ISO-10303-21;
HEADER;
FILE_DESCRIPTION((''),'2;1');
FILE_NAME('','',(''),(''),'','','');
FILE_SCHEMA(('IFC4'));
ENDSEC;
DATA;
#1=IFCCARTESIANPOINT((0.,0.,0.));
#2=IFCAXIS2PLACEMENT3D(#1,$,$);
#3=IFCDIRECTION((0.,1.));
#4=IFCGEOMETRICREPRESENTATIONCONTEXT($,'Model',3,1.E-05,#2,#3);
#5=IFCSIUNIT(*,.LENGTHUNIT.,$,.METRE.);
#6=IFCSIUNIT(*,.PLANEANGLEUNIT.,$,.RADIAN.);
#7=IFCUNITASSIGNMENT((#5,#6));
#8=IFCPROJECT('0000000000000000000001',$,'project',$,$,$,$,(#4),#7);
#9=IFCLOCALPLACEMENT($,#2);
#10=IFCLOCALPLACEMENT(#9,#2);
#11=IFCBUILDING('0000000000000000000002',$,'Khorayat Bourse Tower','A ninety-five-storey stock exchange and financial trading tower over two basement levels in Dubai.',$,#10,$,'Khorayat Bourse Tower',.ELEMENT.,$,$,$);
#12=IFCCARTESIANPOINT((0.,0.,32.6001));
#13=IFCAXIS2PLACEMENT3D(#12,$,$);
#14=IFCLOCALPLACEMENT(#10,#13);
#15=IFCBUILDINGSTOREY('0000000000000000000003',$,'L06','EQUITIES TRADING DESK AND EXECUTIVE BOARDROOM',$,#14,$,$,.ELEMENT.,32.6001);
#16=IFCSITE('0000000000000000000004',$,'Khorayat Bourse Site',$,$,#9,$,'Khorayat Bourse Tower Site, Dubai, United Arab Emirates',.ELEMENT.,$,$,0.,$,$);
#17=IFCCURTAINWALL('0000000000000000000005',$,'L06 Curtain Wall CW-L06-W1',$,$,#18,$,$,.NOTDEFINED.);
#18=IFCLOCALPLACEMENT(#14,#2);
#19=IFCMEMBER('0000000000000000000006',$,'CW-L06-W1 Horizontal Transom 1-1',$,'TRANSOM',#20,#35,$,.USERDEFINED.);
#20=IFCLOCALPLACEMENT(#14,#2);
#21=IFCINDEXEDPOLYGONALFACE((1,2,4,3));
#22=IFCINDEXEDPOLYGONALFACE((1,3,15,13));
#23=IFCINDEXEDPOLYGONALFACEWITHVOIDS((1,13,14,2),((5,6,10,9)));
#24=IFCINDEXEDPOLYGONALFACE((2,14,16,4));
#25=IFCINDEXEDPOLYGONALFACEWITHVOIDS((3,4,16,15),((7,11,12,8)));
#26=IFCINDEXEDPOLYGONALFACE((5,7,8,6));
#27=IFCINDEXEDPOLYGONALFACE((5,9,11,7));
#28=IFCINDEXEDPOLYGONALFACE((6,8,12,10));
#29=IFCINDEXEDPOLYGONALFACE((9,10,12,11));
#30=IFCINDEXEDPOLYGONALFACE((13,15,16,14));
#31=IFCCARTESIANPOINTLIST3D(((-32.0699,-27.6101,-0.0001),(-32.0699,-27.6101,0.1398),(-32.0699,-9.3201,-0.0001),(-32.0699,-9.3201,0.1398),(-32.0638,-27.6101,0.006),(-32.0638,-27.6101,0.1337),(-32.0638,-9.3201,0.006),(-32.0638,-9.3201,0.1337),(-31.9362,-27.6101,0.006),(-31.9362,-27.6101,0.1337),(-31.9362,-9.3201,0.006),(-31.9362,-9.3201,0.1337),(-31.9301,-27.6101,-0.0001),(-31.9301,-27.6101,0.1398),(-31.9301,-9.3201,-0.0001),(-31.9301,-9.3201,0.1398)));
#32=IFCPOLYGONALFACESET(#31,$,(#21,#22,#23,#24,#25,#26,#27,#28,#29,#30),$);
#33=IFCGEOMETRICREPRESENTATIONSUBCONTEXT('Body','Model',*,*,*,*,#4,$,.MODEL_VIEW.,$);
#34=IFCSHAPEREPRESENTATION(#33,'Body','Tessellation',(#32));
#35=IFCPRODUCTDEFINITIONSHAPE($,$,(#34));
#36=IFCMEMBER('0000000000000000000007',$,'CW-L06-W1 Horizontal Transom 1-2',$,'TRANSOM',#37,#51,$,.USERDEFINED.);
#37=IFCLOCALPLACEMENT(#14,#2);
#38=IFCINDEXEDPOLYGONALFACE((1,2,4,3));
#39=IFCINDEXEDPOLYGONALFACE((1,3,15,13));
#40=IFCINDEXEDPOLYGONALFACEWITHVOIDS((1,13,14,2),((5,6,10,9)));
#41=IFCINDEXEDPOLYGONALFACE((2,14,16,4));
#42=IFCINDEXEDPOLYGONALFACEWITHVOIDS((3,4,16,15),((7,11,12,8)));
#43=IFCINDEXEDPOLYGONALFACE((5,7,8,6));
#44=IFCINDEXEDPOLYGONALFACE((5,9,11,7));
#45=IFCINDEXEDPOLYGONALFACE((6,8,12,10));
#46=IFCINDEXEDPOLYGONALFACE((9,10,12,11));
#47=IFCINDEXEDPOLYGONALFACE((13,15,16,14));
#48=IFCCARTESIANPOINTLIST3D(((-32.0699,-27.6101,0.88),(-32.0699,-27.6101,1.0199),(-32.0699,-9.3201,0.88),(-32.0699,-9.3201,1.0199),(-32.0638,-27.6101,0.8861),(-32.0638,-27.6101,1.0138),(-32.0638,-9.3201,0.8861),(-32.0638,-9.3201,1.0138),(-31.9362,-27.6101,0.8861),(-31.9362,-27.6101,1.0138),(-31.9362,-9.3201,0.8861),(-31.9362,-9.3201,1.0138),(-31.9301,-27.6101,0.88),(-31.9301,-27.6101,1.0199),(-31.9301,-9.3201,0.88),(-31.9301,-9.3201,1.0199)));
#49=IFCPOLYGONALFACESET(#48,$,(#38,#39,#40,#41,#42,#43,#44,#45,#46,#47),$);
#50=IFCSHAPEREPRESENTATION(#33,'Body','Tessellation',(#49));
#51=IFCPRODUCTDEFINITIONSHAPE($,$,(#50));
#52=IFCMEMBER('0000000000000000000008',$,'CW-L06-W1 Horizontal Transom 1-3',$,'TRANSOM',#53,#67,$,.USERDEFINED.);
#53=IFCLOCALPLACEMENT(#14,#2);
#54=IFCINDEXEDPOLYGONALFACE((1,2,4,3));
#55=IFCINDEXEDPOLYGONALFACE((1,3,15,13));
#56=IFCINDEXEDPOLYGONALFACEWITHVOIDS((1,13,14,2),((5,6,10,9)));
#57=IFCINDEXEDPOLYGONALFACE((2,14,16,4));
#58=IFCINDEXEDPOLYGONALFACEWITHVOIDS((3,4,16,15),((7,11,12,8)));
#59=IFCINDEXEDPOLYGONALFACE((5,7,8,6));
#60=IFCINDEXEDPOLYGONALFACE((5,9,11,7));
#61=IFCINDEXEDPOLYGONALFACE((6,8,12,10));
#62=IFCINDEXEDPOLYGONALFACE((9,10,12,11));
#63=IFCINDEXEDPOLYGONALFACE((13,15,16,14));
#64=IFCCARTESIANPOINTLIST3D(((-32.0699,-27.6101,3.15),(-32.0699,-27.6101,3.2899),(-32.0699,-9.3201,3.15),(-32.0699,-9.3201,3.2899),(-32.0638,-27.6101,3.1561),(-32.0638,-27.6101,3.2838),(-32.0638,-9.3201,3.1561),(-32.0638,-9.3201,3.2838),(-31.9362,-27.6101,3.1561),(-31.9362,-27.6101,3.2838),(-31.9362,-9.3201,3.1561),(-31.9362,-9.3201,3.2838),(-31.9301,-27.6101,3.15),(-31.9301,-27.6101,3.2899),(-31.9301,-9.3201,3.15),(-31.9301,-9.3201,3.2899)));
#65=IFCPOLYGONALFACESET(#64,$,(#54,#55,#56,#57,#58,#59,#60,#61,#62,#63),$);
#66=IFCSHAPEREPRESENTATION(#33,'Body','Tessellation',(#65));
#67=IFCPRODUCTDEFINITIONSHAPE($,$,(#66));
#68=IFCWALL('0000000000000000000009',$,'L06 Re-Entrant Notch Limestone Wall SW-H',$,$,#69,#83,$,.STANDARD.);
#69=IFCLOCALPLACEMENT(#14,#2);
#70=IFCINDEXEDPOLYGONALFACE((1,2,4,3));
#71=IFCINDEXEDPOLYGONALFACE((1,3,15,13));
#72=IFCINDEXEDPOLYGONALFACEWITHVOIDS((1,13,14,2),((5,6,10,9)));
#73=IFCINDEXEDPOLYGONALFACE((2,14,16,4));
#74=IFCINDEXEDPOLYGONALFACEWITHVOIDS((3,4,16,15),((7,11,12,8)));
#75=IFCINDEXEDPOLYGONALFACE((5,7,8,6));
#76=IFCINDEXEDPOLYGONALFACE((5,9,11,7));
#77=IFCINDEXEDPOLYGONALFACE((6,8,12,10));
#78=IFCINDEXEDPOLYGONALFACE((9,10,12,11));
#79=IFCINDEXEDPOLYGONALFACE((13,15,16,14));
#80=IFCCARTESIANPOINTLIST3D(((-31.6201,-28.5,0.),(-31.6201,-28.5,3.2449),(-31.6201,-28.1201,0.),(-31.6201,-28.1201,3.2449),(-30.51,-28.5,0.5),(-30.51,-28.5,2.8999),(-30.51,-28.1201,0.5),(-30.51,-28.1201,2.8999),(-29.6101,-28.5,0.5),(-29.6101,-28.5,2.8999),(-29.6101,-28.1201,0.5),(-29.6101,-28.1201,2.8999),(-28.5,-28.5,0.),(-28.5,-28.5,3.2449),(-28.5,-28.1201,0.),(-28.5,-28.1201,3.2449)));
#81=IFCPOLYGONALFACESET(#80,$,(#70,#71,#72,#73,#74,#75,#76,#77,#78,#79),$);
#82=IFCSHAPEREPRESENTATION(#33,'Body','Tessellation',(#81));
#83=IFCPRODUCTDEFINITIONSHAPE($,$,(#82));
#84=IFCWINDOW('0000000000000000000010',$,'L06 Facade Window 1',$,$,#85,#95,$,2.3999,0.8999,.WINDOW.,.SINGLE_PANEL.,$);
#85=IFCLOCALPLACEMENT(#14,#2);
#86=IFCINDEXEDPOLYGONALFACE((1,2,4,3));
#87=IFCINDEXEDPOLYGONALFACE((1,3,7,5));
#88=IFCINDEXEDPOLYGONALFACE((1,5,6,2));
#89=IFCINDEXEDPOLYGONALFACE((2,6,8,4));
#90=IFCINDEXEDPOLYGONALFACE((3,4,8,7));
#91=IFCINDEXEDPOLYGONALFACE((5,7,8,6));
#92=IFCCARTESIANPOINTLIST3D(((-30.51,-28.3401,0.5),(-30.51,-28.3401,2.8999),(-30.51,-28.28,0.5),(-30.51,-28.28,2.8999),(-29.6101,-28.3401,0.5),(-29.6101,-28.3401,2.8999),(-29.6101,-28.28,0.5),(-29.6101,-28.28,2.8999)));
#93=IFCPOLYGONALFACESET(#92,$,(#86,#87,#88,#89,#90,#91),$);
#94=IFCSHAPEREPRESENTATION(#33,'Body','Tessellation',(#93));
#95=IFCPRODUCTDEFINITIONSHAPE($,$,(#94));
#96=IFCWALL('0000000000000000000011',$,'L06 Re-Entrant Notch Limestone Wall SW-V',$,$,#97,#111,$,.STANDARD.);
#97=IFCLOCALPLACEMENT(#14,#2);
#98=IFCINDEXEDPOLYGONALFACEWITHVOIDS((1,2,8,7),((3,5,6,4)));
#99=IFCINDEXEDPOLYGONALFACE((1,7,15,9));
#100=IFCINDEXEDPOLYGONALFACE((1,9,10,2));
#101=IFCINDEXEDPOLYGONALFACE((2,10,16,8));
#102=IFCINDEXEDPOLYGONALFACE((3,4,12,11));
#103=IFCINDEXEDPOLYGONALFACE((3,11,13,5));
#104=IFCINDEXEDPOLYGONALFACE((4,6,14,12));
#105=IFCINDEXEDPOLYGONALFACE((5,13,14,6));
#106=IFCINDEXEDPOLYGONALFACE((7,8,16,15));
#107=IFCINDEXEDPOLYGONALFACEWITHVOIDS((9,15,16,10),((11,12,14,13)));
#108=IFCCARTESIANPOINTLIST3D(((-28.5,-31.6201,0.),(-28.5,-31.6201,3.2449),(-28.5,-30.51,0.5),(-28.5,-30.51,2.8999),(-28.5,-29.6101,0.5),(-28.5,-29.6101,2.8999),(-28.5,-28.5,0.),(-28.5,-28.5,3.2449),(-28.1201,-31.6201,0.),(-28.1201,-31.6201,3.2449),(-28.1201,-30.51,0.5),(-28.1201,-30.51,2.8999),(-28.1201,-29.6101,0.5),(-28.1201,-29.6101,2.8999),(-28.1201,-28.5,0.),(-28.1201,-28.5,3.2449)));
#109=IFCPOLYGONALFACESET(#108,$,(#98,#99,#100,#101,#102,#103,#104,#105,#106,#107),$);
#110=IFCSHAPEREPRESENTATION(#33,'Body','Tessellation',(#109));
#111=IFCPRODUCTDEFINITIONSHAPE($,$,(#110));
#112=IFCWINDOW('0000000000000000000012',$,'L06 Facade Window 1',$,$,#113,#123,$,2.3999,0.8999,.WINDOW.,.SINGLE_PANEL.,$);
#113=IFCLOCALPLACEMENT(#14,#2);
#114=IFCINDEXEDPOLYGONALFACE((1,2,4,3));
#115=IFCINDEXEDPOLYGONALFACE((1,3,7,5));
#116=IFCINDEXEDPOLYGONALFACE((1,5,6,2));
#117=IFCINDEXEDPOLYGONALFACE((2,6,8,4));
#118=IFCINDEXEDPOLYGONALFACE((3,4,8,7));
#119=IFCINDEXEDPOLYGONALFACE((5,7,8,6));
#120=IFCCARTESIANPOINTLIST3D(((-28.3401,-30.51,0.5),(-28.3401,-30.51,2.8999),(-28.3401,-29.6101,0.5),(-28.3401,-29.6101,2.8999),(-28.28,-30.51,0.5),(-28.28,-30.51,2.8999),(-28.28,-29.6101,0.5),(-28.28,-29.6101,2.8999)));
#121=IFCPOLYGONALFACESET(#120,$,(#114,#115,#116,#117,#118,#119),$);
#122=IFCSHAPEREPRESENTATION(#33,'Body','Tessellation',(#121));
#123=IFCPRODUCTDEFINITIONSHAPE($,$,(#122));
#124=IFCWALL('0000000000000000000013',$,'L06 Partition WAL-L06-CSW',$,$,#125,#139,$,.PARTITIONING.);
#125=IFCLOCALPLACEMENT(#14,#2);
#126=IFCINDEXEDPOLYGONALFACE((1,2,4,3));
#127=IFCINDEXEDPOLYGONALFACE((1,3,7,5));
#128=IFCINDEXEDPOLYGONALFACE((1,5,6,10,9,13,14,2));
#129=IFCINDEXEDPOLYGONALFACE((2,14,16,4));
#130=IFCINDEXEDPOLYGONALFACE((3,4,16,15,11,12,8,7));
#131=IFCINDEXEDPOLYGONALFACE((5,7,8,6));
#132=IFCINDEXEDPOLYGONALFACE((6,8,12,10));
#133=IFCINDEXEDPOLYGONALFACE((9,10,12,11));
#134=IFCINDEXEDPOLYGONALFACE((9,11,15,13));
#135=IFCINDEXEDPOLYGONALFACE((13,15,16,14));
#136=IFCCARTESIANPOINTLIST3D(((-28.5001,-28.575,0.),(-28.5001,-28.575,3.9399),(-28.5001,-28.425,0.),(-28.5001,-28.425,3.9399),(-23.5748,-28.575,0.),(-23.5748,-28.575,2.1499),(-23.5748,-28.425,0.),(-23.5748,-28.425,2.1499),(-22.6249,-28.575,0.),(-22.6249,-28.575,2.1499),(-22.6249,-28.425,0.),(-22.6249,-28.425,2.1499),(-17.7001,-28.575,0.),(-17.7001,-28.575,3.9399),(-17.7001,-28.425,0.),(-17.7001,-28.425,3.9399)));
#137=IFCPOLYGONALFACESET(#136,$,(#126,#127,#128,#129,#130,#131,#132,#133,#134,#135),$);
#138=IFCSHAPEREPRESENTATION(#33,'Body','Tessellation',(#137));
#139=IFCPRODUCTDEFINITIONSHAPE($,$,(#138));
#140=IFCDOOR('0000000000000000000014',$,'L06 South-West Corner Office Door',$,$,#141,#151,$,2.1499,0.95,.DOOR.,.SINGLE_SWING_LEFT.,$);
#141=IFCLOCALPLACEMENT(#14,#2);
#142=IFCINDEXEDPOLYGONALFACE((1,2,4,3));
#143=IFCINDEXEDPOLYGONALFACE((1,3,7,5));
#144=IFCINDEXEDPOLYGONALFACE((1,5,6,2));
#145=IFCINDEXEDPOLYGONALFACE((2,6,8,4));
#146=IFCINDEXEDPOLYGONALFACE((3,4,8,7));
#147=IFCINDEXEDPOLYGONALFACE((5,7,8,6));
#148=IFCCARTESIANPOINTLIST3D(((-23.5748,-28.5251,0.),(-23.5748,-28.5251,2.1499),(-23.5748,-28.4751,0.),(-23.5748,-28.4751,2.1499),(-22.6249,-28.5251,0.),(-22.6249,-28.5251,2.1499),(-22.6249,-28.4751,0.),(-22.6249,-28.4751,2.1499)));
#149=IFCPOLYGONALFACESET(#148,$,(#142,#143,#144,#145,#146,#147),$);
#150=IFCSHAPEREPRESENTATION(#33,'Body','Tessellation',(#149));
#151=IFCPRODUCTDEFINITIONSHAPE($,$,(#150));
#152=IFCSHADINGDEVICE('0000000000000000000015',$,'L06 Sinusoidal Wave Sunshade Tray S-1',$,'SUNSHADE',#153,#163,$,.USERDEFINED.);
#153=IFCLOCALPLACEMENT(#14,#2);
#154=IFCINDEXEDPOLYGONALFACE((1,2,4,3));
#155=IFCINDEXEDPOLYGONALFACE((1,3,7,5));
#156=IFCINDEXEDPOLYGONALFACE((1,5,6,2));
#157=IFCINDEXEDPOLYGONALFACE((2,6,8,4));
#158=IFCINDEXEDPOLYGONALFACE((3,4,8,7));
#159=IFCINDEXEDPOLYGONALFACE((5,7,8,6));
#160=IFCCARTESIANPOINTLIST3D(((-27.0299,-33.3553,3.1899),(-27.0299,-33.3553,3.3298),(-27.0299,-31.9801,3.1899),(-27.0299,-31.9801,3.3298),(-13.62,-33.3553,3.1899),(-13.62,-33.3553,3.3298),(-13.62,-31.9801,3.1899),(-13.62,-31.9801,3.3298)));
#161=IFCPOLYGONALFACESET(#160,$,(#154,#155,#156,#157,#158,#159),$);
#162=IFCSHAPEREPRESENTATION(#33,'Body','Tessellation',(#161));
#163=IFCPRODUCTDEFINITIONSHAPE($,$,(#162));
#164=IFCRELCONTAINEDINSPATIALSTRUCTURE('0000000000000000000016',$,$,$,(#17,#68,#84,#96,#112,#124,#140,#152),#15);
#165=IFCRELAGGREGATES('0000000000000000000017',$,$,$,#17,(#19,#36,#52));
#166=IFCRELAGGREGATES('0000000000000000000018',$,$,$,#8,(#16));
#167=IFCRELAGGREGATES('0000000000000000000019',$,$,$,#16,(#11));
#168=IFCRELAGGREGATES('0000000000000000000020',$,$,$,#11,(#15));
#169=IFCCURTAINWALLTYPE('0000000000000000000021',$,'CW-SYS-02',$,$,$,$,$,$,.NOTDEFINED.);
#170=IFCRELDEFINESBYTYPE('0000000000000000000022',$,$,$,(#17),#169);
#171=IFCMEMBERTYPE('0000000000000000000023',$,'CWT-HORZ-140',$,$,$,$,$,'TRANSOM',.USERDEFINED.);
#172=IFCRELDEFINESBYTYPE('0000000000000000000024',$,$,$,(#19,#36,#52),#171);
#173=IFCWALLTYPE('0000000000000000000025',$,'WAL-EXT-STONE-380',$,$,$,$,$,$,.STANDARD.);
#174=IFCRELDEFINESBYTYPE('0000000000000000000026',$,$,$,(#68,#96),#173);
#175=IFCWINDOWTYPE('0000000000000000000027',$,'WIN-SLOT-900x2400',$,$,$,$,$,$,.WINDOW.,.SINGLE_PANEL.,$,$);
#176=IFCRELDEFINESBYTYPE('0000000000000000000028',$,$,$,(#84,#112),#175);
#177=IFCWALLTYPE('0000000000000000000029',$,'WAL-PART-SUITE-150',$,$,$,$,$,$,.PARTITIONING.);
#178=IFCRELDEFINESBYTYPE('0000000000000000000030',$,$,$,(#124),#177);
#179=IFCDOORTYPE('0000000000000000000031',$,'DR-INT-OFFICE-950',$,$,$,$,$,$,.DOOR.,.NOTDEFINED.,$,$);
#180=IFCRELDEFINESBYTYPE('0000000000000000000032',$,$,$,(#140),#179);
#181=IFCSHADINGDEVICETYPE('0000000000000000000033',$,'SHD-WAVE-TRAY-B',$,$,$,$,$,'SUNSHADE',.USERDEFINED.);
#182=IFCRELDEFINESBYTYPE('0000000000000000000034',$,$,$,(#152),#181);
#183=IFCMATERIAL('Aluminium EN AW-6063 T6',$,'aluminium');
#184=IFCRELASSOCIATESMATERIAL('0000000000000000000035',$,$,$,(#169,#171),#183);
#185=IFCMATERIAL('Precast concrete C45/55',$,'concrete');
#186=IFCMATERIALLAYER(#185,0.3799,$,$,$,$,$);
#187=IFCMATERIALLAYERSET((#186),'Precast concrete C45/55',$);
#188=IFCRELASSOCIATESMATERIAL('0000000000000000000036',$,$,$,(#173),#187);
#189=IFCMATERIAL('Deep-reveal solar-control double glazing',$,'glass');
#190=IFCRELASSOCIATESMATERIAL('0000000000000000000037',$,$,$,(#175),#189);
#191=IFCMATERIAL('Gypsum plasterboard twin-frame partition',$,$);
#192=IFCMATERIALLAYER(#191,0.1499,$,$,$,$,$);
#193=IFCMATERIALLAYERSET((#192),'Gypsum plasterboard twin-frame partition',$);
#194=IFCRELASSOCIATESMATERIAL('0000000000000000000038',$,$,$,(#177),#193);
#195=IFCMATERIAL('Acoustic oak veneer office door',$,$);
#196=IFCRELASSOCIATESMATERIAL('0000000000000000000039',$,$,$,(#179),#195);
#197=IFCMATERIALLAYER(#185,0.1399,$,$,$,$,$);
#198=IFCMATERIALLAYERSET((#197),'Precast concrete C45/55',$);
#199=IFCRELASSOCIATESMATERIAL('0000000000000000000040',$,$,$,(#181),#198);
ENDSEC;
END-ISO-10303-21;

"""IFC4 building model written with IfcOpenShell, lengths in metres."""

from ifc_helpers import new_model, si_unit, direction, frame, frame_2d, origin, origin_2d, place, context, subcontext, project, spatial, rectangle, hollow_rectangle, extrude, source, transform, mapped, material, layer, layer_set, material_profile, profile_set, type_object, element, fill, aggregate, save


model = new_model("IFC4")

# Units and contexts
model_context = context("Model", 3, precision=1e-05, world=origin(), true_north=direction((0.0, 1.0)))
body_context = subcontext(model_context, "Body", "Model", "MODEL_VIEW")
ifc_project = project(units=[si_unit("LENGTHUNIT", "METRE"), si_unit("PLANEANGLEUNIT", "RADIAN")], contexts=[model_context])

# Site, building, storey
site_placement = place(None, origin())
site = spatial("IfcSite", under=ifc_project, at=site_placement, Name="Khorayat Bourse Site", LongName="Khorayat Bourse Tower Site, Dubai, United Arab Emirates", CompositionType="ELEMENT", RefElevation=0.0)
building_placement = place(site_placement, origin())
building = spatial("IfcBuilding", under=site, at=building_placement, Name="Khorayat Bourse Tower", Description="A ninety-five-storey stock exchange and financial trading tower over two basement levels in Dubai.", LongName="Khorayat Bourse Tower", CompositionType="ELEMENT")
storey_placement = place(building_placement, frame((0.0, 0.0, 32.6001)))
storey = spatial("IfcBuildingStorey", under=building, at=storey_placement, Name="L06", Description="EQUITIES TRADING DESK AND EXECUTIVE BOARDROOM", CompositionType="ELEMENT", Elevation=32.6001)

# Curtain wall
ifc_material_1 = material(Name="Aluminium EN AW-6063 T6", Category="aluminium")
curtain_wall_type = type_object("IfcCurtainWallType", Name="CW-SYS-02", PredefinedType="NOTDEFINED", material=ifc_material_1)
curtain_wall_1_placement = place(storey_placement, origin())
curtain_wall_1 = element("IfcCurtainWall", 1, at=curtain_wall_1_placement, inside=storey, type_object=curtain_wall_type, Name="L06 Curtain Wall CW-L06-W1", PredefinedType="NOTDEFINED")

# Members
ifc_material_profile_1 = material_profile(ifc_material_1, hollow_rectangle(XDim=0.1399, YDim=0.1399, WallThickness=0.0061, at=origin_2d()), Name="ALU 140x140x6")
ifc_profile_set_1 = profile_set([ifc_material_profile_1], Name="Aluminium EN AW-6063 T6")
member_type_1 = type_object("IfcMemberType", Name="CWT-HORZ-140", ElementType="TRANSOM", PredefinedType="USERDEFINED", material=ifc_profile_set_1)
shared_shape_1 = source(origin(), body_context, "Body", "SweptSolid", [
    extrude(hollow_rectangle(XDim=0.1399, YDim=0.1399, WallThickness=0.0061, at=origin_2d()), origin(), (0.0, 0.0, 1.0), 18.29),
])
member_1_placement = place(storey_placement, frame((-32.0, -27.6101, 0.0698), z_axis=(0.0, 1.0, 0.0), x_axis=(-1.0, 0.0, 0.0)))
member_1 = element("IfcMember", 2, at=member_1_placement, type_object=member_type_1, Name="CW-L06-W1 Horizontal Transom 1-1", ObjectType="TRANSOM", PredefinedType="USERDEFINED", context=body_context, shape_type="MappedRepresentation", body=[
    mapped(shared_shape_1, transform((0.0, 0.0, 0.0), scale=1.0)),
])
member_2_placement = place(storey_placement, frame((-32.0, -27.6101, 0.95), z_axis=(0.0, 1.0, 0.0), x_axis=(-1.0, 0.0, 0.0)))
member_2 = element("IfcMember", 3, at=member_2_placement, type_object=member_type_1, Name="CW-L06-W1 Horizontal Transom 1-2", ObjectType="TRANSOM", PredefinedType="USERDEFINED", context=body_context, shape_type="MappedRepresentation", body=[
    mapped(shared_shape_1, transform((0.0, 0.0, 0.0), scale=1.0)),
])
member_3_placement = place(storey_placement, frame((-32.0, -27.6101, 3.22), z_axis=(0.0, 1.0, 0.0), x_axis=(-1.0, 0.0, 0.0)))
member_3 = element("IfcMember", 4, at=member_3_placement, type_object=member_type_1, Name="CW-L06-W1 Horizontal Transom 1-3", ObjectType="TRANSOM", PredefinedType="USERDEFINED", context=body_context, shape_type="MappedRepresentation", body=[
    mapped(shared_shape_1, transform((0.0, 0.0, 0.0), scale=1.0)),
])
aggregate(curtain_wall_1, [member_1, member_2, member_3])

# Walls, openings, windows
ifc_material_2 = material(Name="Precast concrete C45/55", Category="concrete")
ifc_layer_1 = layer(ifc_material_2, 0.3799)
ifc_layer_set_1 = layer_set([ifc_layer_1], Name="Precast concrete C45/55")
wall_type_1 = type_object("IfcWallType", Name="WAL-EXT-STONE-380", PredefinedType="STANDARD", material=ifc_layer_set_1)
shared_shape_2 = source(origin(), body_context, "Body", "SweptSolid", [
    extrude(rectangle(XDim=3.1201, YDim=0.3799, at=frame_2d((1.5601, 0.0))), origin(), (0.0, 0.0, 1.0), 3.2449),
])
wall_1_placement = place(storey_placement, frame((-28.5, -28.3101, 0.0), z_axis=(0.0, 0.0, 1.0), x_axis=(-1.0, 0.0, 0.0)))
wall_1 = element("IfcWall", 5, at=wall_1_placement, inside=storey, type_object=wall_type_1, Name="L06 Re-Entrant Notch Limestone Wall SW-H", PredefinedType="STANDARD", context=body_context, shape_type="MappedRepresentation", body=[
    mapped(shared_shape_2, transform((0.0, 0.0, 0.0), scale=1.0)),
])
shared_shape_3 = source(origin(), body_context, "Body", "SweptSolid", [
    extrude(rectangle(XDim=0.8999, YDim=2.3999, at=frame_2d((0.45, 1.2))), frame((0.0, 0.2, 0.0), z_axis=(0.0, -1.0, 0.0), x_axis=(1.0, 0.0, 0.0)), (0.0, 0.0, 1.0), 0.3999),
])
opening_1_placement = place(wall_1_placement, frame((1.1101, 0.0, 0.5)))
opening_1 = element("IfcOpeningElement", 6, at=opening_1_placement, cuts=wall_1, PredefinedType="OPENING", context=body_context, shape_type="MappedRepresentation", body=[
    mapped(shared_shape_3, transform((0.0, 0.0, 0.0), scale=1.0)),
])
ifc_material_3 = material(Name="Deep-reveal solar-control double glazing", Category="glass")
window_type = type_object("IfcWindowType", Name="WIN-SLOT-900x2400", PartitioningType="SINGLE_PANEL", PredefinedType="WINDOW", material=ifc_material_3)
shared_shape_4 = source(origin(), body_context, "Body", "SweptSolid", [
    extrude(rectangle(XDim=0.8999, YDim=2.3999, at=frame_2d((0.45, 1.2))), frame((0.0, 0.03, 0.0), z_axis=(0.0, -1.0, 0.0), x_axis=(1.0, 0.0, 0.0)), (0.0, 0.0, 1.0), 0.0601),
])
window_1_placement = place(opening_1_placement, origin())
window_1 = element("IfcWindow", 7, at=window_1_placement, inside=storey, type_object=window_type, Name="L06 Facade Window 1", OverallHeight=2.3999, OverallWidth=0.8999, PartitioningType="SINGLE_PANEL", PredefinedType="WINDOW", context=body_context, shape_type="MappedRepresentation", body=[
    mapped(shared_shape_4, transform((0.0, 0.0, 0.0), scale=1.0)),
])
fill(opening_1, window_1)
wall_2_placement = place(storey_placement, frame((-28.3101, -31.6201, 0.0), z_axis=(0.0, 0.0, 1.0), x_axis=(0.0, 1.0, 0.0)))
wall_2 = element("IfcWall", 8, at=wall_2_placement, inside=storey, type_object=wall_type_1, Name="L06 Re-Entrant Notch Limestone Wall SW-V", PredefinedType="STANDARD", context=body_context, shape_type="MappedRepresentation", body=[
    mapped(shared_shape_2, transform((0.0, 0.0, 0.0), scale=1.0)),
])
opening_2_placement = place(wall_2_placement, frame((1.1101, 0.0, 0.5)))
opening_2 = element("IfcOpeningElement", 9, at=opening_2_placement, cuts=wall_2, PredefinedType="OPENING", context=body_context, shape_type="MappedRepresentation", body=[
    mapped(shared_shape_3, transform((0.0, 0.0, 0.0), scale=1.0)),
])
window_2_placement = place(opening_2_placement, origin())
window_2 = element("IfcWindow", 10, at=window_2_placement, inside=storey, type_object=window_type, Name="L06 Facade Window 1", OverallHeight=2.3999, OverallWidth=0.8999, PartitioningType="SINGLE_PANEL", PredefinedType="WINDOW", context=body_context, shape_type="MappedRepresentation", body=[
    mapped(shared_shape_4, transform((0.0, 0.0, 0.0), scale=1.0)),
])
fill(opening_2, window_2)

# Wall, opening, door
ifc_material_4 = material(Name="Gypsum plasterboard twin-frame partition")
ifc_layer_2 = layer(ifc_material_4, 0.1499)
ifc_layer_set_2 = layer_set([ifc_layer_2], Name="Gypsum plasterboard twin-frame partition")
wall_type_2 = type_object("IfcWallType", Name="WAL-PART-SUITE-150", PredefinedType="PARTITIONING", material=ifc_layer_set_2)
shared_shape_5 = source(origin(), body_context, "Body", "SweptSolid", [
    extrude(rectangle(XDim=10.8, YDim=0.1499, at=frame_2d((5.3999, 0.0))), origin(), (0.0, 0.0, 1.0), 3.9399),
])
wall_3_placement = place(storey_placement, frame((-28.5, -28.5, 0.0), z_axis=(0.0, 0.0, 1.0), x_axis=(1.0, 0.0, 0.0)))
wall_3 = element("IfcWall", 11, at=wall_3_placement, inside=storey, type_object=wall_type_2, Name="L06 Partition WAL-L06-CSW", PredefinedType="PARTITIONING", context=body_context, shape_type="MappedRepresentation", body=[
    mapped(shared_shape_5, transform((0.0, 0.0, 0.0), scale=1.0)),
])
shared_shape_6 = source(origin(), body_context, "Body", "SweptSolid", [
    extrude(rectangle(XDim=0.95, YDim=2.1499, at=frame_2d((0.4751, 1.075))), frame((0.0, 0.085, 0.0), z_axis=(0.0, -1.0, 0.0), x_axis=(1.0, 0.0, 0.0)), (0.0, 0.0, 1.0), 0.1699),
])
opening_3_placement = place(wall_3_placement, frame((4.925, 0.0, 0.0)))
opening_3 = element("IfcOpeningElement", 12, at=opening_3_placement, cuts=wall_3, PredefinedType="OPENING", context=body_context, shape_type="MappedRepresentation", body=[
    mapped(shared_shape_6, transform((0.0, 0.0, 0.0), scale=1.0)),
])
ifc_material_5 = material(Name="Acoustic oak veneer office door")
door_type = type_object("IfcDoorType", Name="DR-INT-OFFICE-950", OperationType="NOTDEFINED", PredefinedType="DOOR", material=ifc_material_5)
shared_shape_7 = source(origin(), body_context, "Body", "SweptSolid", [
    extrude(rectangle(XDim=0.95, YDim=2.1499, at=frame_2d((0.4751, 1.075))), frame((0.0, 0.0249, 0.0), z_axis=(0.0, -1.0, 0.0), x_axis=(1.0, 0.0, 0.0)), (0.0, 0.0, 1.0), 0.05),
])
door_placement = place(opening_3_placement, origin())
door = element("IfcDoor", 13, at=door_placement, inside=storey, type_object=door_type, Name="L06 South-West Corner Office Door", OperationType="SINGLE_SWING_LEFT", OverallHeight=2.1499, OverallWidth=0.95, PredefinedType="DOOR", context=body_context, shape_type="MappedRepresentation", body=[
    mapped(shared_shape_7, transform((0.0, 0.0, 0.0), scale=1.0)),
])
fill(opening_3, door)

# Shading device
ifc_layer_3 = layer(ifc_material_2, 0.1399)
ifc_layer_set_3 = layer_set([ifc_layer_3], Name="Precast concrete C45/55")
shading_device_type = type_object("IfcShadingDeviceType", Name="SHD-WAVE-TRAY-B", ElementType="SUNSHADE", PredefinedType="USERDEFINED", material=ifc_layer_set_3)
shared_shape_8 = source(origin(), body_context, "Body", "SweptSolid", [
    extrude(rectangle(XDim=13.4099, YDim=1.3752, at=origin_2d()), origin(), (0.0, 0.0, 1.0), 0.1399),
])
shading_device_placement = place(storey_placement, frame((-20.325, -32.6677, 3.1899), z_axis=(0.0, 0.0, 1.0), x_axis=(1.0, 0.0, 0.0)))
element("IfcShadingDevice", 14, at=shading_device_placement, inside=storey, type_object=shading_device_type, Name="L06 Sinusoidal Wave Sunshade Tray S-1", ObjectType="SUNSHADE", PredefinedType="USERDEFINED", context=body_context, shape_type="MappedRepresentation", body=[
    mapped(shared_shape_8, transform((0.0, 0.0, 0.0), scale=1.0)),
])

save(model, "model.ifc")
